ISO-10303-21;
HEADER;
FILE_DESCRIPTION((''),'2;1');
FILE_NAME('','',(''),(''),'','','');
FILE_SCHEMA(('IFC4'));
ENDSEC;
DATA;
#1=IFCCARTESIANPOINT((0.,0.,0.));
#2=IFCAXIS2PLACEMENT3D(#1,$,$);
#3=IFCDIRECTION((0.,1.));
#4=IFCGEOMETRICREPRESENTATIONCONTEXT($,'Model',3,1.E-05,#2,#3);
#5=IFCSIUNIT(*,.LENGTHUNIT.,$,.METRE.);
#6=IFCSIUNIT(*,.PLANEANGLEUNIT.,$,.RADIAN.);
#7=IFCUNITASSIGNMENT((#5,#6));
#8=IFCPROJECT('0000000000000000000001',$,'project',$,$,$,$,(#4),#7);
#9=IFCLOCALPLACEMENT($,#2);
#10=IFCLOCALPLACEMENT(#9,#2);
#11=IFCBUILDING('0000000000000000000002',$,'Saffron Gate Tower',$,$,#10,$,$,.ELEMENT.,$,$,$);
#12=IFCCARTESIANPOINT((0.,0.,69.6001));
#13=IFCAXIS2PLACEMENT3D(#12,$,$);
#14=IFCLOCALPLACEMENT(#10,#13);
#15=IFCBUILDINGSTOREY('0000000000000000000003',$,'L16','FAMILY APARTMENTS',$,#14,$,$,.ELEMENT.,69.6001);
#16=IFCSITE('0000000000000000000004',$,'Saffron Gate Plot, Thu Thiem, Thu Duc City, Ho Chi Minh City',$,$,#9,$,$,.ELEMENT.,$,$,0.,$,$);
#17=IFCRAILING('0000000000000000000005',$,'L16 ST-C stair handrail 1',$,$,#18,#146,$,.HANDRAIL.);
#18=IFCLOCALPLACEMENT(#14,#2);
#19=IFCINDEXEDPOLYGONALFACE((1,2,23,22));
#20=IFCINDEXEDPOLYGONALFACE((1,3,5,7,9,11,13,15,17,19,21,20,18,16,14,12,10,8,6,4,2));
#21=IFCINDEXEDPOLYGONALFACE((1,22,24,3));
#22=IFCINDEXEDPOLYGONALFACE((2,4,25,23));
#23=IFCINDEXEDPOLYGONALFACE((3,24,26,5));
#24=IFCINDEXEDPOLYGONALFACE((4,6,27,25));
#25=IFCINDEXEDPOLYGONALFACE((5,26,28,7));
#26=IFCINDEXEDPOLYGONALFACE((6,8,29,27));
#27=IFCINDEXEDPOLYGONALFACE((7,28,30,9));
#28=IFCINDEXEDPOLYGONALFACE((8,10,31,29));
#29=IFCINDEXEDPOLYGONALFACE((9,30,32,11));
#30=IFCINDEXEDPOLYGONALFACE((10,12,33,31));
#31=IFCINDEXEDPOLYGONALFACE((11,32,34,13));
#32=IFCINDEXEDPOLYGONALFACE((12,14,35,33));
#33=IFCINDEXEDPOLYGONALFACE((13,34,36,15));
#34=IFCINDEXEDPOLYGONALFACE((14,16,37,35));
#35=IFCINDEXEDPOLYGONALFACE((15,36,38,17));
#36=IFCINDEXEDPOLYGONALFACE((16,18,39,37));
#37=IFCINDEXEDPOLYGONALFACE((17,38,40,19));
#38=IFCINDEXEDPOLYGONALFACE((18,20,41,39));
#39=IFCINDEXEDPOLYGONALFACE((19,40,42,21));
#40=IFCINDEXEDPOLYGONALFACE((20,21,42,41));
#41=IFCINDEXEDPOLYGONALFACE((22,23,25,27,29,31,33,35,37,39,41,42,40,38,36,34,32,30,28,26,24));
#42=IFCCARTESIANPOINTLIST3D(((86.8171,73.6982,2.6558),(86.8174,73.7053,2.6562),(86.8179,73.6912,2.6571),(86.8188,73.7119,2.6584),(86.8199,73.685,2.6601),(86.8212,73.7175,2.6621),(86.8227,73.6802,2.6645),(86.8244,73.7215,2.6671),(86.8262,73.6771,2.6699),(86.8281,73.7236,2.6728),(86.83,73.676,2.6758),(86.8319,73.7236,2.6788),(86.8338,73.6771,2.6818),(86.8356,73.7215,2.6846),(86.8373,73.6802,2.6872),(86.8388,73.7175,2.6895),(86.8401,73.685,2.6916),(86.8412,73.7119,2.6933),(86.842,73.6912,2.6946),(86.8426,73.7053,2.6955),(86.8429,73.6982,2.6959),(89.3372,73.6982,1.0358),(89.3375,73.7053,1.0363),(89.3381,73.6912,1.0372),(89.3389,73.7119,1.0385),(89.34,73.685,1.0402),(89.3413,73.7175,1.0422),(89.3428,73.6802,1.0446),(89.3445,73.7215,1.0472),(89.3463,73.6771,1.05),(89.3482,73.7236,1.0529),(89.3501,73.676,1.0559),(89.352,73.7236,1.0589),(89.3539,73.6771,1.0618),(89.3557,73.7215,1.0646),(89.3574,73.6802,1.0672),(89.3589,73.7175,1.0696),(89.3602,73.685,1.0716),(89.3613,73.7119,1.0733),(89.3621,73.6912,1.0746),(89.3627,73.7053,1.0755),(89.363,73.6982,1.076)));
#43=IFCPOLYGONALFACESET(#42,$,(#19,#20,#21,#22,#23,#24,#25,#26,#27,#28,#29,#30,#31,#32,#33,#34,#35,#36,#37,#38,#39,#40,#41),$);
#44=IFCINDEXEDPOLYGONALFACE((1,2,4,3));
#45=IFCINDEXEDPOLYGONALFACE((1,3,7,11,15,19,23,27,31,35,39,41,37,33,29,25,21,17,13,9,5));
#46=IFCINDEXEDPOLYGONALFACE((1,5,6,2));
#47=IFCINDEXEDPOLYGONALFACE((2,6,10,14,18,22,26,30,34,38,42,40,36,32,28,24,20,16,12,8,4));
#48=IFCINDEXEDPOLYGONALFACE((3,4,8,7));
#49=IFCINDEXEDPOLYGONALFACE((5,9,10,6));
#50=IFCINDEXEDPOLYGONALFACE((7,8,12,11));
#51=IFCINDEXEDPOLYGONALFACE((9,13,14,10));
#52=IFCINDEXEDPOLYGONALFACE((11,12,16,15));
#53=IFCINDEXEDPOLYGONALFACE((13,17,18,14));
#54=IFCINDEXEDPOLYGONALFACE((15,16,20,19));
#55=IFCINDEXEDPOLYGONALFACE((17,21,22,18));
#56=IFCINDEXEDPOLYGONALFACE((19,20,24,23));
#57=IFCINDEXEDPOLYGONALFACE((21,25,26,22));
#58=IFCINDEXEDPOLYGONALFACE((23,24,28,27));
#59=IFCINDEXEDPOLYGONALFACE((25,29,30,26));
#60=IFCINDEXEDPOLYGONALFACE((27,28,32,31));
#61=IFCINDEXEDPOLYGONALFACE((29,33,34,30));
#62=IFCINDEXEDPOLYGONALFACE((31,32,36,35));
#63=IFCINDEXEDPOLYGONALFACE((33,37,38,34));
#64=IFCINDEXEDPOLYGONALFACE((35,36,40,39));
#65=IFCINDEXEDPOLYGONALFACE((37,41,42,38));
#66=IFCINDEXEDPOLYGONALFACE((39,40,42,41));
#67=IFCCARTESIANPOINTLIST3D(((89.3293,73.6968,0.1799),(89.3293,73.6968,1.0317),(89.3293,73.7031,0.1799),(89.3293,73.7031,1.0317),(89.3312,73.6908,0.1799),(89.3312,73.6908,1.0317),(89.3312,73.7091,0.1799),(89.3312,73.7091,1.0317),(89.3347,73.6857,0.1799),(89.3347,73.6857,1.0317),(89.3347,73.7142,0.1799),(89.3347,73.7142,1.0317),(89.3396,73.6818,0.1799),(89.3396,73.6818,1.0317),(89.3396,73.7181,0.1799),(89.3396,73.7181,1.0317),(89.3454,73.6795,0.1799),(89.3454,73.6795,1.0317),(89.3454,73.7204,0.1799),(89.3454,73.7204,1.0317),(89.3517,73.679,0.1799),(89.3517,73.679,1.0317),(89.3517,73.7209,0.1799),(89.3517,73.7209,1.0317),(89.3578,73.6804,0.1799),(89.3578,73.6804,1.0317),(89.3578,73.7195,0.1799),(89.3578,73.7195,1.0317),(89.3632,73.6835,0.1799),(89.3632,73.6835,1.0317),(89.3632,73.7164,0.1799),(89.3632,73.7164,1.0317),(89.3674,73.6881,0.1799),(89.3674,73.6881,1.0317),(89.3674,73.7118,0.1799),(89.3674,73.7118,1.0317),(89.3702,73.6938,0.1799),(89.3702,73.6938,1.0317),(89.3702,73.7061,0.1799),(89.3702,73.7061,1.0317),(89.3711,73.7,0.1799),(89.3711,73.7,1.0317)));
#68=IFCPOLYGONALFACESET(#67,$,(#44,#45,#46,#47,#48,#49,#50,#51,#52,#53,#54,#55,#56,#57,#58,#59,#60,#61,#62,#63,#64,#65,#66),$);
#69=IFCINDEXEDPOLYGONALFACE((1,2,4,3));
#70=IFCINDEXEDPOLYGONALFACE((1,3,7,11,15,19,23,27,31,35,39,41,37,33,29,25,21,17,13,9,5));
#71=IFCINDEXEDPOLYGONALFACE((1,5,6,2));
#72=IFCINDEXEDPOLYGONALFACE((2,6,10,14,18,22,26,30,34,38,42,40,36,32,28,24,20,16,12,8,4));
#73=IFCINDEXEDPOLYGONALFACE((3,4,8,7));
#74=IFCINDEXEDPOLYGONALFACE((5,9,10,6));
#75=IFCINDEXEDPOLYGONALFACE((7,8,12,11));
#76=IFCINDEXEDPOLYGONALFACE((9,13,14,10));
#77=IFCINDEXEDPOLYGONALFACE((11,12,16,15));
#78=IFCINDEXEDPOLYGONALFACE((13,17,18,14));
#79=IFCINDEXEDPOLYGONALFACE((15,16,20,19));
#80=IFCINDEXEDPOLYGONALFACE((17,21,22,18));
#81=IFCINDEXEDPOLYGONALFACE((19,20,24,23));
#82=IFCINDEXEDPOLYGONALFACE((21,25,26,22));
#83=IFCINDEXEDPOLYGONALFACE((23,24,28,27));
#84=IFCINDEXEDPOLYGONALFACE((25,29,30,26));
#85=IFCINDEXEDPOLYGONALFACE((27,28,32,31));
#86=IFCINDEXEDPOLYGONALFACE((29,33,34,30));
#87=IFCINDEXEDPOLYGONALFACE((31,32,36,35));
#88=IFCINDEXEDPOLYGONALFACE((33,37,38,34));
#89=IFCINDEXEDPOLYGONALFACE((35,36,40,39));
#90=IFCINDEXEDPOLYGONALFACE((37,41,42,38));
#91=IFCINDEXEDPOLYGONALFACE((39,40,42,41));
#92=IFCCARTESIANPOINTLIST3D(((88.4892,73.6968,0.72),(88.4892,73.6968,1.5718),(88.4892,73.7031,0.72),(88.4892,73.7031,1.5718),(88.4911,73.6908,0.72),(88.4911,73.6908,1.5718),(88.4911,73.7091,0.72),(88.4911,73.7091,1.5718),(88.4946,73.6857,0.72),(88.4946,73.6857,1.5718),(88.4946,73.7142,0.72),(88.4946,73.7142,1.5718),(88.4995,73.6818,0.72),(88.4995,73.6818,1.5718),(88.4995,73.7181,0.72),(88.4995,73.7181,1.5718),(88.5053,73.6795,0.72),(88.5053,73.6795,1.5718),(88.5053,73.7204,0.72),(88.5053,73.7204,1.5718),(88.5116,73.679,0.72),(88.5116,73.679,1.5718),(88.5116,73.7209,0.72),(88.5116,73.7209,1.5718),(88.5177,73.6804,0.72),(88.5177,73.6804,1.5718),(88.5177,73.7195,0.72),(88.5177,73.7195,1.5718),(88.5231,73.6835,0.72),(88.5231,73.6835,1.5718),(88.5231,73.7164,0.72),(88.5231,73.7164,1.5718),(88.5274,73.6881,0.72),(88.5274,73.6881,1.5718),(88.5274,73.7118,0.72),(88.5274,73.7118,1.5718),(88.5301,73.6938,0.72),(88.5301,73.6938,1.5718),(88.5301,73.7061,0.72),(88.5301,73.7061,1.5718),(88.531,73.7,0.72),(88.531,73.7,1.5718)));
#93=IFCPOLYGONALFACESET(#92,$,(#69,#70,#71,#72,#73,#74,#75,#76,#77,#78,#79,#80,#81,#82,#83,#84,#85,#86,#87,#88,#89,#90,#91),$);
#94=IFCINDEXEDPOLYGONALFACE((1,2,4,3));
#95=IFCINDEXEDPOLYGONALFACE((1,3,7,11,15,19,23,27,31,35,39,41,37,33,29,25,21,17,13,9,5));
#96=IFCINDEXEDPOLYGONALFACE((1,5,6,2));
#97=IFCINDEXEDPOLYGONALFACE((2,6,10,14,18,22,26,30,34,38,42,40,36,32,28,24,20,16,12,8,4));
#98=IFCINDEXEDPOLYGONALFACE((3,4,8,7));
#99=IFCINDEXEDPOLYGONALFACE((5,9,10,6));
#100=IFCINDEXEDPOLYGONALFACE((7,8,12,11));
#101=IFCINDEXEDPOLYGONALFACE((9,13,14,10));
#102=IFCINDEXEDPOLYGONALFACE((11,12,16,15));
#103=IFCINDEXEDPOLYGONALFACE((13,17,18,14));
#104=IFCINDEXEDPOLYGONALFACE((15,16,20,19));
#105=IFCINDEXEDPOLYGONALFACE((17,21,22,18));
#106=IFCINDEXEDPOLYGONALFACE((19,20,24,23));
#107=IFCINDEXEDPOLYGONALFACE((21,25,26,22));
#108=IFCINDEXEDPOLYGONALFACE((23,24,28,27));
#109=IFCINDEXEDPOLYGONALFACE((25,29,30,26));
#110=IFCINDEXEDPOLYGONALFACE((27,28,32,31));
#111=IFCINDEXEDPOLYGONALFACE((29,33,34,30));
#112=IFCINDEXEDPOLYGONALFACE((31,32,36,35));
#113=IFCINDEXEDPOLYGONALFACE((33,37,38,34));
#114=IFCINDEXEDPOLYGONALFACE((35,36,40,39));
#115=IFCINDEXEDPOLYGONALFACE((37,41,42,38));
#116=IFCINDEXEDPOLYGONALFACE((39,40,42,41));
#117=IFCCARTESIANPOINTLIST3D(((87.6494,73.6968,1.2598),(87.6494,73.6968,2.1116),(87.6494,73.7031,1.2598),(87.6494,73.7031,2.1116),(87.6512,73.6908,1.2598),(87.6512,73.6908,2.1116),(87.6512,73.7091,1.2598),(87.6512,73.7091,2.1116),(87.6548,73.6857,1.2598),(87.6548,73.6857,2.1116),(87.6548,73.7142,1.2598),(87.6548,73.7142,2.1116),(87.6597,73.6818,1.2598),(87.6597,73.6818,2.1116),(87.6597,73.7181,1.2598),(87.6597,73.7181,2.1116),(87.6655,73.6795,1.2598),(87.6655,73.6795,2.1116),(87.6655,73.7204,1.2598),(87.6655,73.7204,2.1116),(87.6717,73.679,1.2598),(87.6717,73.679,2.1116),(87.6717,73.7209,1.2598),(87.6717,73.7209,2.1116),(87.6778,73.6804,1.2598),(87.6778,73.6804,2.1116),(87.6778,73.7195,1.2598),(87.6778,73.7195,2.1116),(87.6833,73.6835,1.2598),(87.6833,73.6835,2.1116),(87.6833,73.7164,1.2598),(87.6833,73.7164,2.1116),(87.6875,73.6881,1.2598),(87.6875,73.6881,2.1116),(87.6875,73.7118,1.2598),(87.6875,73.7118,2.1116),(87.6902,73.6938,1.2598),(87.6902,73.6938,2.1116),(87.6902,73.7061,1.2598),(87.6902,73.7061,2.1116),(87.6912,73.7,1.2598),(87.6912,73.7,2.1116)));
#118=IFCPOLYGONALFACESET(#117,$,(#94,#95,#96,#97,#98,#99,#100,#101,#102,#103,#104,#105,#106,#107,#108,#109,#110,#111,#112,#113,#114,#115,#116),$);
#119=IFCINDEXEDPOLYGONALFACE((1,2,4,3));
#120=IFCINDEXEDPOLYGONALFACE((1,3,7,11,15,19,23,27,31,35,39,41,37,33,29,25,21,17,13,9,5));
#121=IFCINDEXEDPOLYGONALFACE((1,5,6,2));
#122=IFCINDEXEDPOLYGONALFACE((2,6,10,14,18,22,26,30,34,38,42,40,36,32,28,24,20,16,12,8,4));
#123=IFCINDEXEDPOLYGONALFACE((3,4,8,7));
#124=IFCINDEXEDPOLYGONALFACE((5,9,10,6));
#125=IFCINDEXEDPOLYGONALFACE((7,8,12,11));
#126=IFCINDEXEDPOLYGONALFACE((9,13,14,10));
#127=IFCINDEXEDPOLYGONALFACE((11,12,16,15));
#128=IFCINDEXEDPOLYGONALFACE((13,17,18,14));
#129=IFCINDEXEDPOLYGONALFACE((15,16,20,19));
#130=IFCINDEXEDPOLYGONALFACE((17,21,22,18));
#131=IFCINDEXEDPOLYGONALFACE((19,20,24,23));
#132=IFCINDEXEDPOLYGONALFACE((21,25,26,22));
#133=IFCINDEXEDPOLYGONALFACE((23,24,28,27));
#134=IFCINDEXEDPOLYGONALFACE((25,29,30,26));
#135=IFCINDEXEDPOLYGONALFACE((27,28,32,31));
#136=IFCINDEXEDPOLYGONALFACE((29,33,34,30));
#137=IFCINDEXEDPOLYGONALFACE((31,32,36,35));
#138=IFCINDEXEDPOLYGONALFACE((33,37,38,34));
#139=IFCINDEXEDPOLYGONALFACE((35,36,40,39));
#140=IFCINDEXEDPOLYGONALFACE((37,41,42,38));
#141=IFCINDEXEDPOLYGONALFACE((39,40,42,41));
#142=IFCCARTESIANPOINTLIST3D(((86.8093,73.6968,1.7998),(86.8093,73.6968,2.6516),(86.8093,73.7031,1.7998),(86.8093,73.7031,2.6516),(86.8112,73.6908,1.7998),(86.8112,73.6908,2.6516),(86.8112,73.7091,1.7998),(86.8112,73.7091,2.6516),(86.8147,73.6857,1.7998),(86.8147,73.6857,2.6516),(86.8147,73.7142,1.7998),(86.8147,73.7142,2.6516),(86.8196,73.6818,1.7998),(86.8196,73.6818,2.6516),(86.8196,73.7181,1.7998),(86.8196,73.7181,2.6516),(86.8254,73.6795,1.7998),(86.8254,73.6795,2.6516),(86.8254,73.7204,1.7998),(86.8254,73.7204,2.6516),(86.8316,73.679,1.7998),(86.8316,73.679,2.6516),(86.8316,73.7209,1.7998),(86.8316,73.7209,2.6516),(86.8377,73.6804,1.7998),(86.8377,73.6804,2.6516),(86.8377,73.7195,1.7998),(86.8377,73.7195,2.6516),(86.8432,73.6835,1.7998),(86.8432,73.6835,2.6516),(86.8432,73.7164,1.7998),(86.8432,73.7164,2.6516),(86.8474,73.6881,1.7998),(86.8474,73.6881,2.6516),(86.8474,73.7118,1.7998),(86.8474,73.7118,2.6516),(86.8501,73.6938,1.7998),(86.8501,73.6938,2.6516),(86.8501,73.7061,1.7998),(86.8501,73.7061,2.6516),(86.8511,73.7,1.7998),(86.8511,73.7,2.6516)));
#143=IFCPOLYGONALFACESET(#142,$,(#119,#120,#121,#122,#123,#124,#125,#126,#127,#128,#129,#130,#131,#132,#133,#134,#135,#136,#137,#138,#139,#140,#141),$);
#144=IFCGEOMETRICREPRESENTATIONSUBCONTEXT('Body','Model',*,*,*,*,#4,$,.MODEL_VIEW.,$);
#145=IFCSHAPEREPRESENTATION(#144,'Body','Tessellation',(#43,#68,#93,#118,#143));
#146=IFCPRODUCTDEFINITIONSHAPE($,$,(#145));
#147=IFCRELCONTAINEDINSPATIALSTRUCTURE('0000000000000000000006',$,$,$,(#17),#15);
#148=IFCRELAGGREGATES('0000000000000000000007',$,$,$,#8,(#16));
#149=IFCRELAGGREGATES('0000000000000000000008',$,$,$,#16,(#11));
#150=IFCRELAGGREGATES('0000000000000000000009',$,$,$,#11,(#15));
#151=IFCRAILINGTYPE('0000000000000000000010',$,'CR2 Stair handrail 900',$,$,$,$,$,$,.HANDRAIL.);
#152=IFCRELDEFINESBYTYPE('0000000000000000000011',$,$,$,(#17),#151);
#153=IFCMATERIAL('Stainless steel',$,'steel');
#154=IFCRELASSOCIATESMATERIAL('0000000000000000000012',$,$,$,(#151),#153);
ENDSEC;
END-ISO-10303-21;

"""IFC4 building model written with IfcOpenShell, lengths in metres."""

from ifc_helpers import new_model, si_unit, direction, frame, origin, origin_2d, place, context, subcontext, project, spatial, circle, extrude, material, type_object, element, save


model = new_model("IFC4")

# Units and contexts
model_context = context("Model", 3, precision=1e-05, world=origin(), true_north=direction((0.0, 1.0)))
body_context = subcontext(model_context, "Body", "Model", "MODEL_VIEW")
ifc_project = project(units=[si_unit("LENGTHUNIT", "METRE"), si_unit("PLANEANGLEUNIT", "RADIAN")], contexts=[model_context])

# Site, building, storey
site_placement = place(None, origin())
site = spatial("IfcSite", under=ifc_project, at=site_placement, Name="Saffron Gate Plot, Thu Thiem, Thu Duc City, Ho Chi Minh City", CompositionType="ELEMENT", RefElevation=0.0)
building_placement = place(site_placement, origin())
building = spatial("IfcBuilding", under=site, at=building_placement, Name="Saffron Gate Tower", CompositionType="ELEMENT")
storey_placement = place(building_placement, frame((0.0, 0.0, 69.6001)))
storey = spatial("IfcBuildingStorey", under=building, at=storey_placement, Name="L16", Description="FAMILY APARTMENTS", CompositionType="ELEMENT", Elevation=69.6001)

# Railing
ifc_material_1 = material(Name="Stainless steel", Category="steel")
railing_type_1 = type_object("IfcRailingType", Name="CR2 Stair handrail 900", PredefinedType="HANDRAIL", material=ifc_material_1)
for number, where, name in (
    (1, (89.3501, 73.7, 0.1799), "L16 ST-C stair handrail 1"),
):
    element("IfcRailing", number, at=place(storey_placement, frame(where)), inside=storey, type_object=railing_type_1, Name=name, PredefinedType="HANDRAIL", context=body_context, shape_type="SweptSolid", body=[
        extrude(circle(Radius=0.0239, at=origin_2d()), frame((0.0, 0.0, 0.876), z_axis=(-0.8412, 0.0, 0.540725), x_axis=(0.0, -1.0, 0.0)), (0.0, 0.0, 1.0), 2.9958),
        extrude(circle(Radius=0.021, at=origin_2d()), origin(), (0.0, 0.0, 1.0), 0.8518),
        extrude(circle(Radius=0.021, at=origin_2d()), frame((-0.8401, 0.0, 0.54)), (0.0, 0.0, 1.0), 0.8518),
        extrude(circle(Radius=0.021, at=origin_2d()), frame((-1.6799, 0.0, 1.0798)), (0.0, 0.0, 1.0), 0.8518),
        extrude(circle(Radius=0.021, at=origin_2d()), frame((-2.52, 0.0, 1.6199)), (0.0, 0.0, 1.0), 0.8518),
    ])

save(model, "model.ifc")
